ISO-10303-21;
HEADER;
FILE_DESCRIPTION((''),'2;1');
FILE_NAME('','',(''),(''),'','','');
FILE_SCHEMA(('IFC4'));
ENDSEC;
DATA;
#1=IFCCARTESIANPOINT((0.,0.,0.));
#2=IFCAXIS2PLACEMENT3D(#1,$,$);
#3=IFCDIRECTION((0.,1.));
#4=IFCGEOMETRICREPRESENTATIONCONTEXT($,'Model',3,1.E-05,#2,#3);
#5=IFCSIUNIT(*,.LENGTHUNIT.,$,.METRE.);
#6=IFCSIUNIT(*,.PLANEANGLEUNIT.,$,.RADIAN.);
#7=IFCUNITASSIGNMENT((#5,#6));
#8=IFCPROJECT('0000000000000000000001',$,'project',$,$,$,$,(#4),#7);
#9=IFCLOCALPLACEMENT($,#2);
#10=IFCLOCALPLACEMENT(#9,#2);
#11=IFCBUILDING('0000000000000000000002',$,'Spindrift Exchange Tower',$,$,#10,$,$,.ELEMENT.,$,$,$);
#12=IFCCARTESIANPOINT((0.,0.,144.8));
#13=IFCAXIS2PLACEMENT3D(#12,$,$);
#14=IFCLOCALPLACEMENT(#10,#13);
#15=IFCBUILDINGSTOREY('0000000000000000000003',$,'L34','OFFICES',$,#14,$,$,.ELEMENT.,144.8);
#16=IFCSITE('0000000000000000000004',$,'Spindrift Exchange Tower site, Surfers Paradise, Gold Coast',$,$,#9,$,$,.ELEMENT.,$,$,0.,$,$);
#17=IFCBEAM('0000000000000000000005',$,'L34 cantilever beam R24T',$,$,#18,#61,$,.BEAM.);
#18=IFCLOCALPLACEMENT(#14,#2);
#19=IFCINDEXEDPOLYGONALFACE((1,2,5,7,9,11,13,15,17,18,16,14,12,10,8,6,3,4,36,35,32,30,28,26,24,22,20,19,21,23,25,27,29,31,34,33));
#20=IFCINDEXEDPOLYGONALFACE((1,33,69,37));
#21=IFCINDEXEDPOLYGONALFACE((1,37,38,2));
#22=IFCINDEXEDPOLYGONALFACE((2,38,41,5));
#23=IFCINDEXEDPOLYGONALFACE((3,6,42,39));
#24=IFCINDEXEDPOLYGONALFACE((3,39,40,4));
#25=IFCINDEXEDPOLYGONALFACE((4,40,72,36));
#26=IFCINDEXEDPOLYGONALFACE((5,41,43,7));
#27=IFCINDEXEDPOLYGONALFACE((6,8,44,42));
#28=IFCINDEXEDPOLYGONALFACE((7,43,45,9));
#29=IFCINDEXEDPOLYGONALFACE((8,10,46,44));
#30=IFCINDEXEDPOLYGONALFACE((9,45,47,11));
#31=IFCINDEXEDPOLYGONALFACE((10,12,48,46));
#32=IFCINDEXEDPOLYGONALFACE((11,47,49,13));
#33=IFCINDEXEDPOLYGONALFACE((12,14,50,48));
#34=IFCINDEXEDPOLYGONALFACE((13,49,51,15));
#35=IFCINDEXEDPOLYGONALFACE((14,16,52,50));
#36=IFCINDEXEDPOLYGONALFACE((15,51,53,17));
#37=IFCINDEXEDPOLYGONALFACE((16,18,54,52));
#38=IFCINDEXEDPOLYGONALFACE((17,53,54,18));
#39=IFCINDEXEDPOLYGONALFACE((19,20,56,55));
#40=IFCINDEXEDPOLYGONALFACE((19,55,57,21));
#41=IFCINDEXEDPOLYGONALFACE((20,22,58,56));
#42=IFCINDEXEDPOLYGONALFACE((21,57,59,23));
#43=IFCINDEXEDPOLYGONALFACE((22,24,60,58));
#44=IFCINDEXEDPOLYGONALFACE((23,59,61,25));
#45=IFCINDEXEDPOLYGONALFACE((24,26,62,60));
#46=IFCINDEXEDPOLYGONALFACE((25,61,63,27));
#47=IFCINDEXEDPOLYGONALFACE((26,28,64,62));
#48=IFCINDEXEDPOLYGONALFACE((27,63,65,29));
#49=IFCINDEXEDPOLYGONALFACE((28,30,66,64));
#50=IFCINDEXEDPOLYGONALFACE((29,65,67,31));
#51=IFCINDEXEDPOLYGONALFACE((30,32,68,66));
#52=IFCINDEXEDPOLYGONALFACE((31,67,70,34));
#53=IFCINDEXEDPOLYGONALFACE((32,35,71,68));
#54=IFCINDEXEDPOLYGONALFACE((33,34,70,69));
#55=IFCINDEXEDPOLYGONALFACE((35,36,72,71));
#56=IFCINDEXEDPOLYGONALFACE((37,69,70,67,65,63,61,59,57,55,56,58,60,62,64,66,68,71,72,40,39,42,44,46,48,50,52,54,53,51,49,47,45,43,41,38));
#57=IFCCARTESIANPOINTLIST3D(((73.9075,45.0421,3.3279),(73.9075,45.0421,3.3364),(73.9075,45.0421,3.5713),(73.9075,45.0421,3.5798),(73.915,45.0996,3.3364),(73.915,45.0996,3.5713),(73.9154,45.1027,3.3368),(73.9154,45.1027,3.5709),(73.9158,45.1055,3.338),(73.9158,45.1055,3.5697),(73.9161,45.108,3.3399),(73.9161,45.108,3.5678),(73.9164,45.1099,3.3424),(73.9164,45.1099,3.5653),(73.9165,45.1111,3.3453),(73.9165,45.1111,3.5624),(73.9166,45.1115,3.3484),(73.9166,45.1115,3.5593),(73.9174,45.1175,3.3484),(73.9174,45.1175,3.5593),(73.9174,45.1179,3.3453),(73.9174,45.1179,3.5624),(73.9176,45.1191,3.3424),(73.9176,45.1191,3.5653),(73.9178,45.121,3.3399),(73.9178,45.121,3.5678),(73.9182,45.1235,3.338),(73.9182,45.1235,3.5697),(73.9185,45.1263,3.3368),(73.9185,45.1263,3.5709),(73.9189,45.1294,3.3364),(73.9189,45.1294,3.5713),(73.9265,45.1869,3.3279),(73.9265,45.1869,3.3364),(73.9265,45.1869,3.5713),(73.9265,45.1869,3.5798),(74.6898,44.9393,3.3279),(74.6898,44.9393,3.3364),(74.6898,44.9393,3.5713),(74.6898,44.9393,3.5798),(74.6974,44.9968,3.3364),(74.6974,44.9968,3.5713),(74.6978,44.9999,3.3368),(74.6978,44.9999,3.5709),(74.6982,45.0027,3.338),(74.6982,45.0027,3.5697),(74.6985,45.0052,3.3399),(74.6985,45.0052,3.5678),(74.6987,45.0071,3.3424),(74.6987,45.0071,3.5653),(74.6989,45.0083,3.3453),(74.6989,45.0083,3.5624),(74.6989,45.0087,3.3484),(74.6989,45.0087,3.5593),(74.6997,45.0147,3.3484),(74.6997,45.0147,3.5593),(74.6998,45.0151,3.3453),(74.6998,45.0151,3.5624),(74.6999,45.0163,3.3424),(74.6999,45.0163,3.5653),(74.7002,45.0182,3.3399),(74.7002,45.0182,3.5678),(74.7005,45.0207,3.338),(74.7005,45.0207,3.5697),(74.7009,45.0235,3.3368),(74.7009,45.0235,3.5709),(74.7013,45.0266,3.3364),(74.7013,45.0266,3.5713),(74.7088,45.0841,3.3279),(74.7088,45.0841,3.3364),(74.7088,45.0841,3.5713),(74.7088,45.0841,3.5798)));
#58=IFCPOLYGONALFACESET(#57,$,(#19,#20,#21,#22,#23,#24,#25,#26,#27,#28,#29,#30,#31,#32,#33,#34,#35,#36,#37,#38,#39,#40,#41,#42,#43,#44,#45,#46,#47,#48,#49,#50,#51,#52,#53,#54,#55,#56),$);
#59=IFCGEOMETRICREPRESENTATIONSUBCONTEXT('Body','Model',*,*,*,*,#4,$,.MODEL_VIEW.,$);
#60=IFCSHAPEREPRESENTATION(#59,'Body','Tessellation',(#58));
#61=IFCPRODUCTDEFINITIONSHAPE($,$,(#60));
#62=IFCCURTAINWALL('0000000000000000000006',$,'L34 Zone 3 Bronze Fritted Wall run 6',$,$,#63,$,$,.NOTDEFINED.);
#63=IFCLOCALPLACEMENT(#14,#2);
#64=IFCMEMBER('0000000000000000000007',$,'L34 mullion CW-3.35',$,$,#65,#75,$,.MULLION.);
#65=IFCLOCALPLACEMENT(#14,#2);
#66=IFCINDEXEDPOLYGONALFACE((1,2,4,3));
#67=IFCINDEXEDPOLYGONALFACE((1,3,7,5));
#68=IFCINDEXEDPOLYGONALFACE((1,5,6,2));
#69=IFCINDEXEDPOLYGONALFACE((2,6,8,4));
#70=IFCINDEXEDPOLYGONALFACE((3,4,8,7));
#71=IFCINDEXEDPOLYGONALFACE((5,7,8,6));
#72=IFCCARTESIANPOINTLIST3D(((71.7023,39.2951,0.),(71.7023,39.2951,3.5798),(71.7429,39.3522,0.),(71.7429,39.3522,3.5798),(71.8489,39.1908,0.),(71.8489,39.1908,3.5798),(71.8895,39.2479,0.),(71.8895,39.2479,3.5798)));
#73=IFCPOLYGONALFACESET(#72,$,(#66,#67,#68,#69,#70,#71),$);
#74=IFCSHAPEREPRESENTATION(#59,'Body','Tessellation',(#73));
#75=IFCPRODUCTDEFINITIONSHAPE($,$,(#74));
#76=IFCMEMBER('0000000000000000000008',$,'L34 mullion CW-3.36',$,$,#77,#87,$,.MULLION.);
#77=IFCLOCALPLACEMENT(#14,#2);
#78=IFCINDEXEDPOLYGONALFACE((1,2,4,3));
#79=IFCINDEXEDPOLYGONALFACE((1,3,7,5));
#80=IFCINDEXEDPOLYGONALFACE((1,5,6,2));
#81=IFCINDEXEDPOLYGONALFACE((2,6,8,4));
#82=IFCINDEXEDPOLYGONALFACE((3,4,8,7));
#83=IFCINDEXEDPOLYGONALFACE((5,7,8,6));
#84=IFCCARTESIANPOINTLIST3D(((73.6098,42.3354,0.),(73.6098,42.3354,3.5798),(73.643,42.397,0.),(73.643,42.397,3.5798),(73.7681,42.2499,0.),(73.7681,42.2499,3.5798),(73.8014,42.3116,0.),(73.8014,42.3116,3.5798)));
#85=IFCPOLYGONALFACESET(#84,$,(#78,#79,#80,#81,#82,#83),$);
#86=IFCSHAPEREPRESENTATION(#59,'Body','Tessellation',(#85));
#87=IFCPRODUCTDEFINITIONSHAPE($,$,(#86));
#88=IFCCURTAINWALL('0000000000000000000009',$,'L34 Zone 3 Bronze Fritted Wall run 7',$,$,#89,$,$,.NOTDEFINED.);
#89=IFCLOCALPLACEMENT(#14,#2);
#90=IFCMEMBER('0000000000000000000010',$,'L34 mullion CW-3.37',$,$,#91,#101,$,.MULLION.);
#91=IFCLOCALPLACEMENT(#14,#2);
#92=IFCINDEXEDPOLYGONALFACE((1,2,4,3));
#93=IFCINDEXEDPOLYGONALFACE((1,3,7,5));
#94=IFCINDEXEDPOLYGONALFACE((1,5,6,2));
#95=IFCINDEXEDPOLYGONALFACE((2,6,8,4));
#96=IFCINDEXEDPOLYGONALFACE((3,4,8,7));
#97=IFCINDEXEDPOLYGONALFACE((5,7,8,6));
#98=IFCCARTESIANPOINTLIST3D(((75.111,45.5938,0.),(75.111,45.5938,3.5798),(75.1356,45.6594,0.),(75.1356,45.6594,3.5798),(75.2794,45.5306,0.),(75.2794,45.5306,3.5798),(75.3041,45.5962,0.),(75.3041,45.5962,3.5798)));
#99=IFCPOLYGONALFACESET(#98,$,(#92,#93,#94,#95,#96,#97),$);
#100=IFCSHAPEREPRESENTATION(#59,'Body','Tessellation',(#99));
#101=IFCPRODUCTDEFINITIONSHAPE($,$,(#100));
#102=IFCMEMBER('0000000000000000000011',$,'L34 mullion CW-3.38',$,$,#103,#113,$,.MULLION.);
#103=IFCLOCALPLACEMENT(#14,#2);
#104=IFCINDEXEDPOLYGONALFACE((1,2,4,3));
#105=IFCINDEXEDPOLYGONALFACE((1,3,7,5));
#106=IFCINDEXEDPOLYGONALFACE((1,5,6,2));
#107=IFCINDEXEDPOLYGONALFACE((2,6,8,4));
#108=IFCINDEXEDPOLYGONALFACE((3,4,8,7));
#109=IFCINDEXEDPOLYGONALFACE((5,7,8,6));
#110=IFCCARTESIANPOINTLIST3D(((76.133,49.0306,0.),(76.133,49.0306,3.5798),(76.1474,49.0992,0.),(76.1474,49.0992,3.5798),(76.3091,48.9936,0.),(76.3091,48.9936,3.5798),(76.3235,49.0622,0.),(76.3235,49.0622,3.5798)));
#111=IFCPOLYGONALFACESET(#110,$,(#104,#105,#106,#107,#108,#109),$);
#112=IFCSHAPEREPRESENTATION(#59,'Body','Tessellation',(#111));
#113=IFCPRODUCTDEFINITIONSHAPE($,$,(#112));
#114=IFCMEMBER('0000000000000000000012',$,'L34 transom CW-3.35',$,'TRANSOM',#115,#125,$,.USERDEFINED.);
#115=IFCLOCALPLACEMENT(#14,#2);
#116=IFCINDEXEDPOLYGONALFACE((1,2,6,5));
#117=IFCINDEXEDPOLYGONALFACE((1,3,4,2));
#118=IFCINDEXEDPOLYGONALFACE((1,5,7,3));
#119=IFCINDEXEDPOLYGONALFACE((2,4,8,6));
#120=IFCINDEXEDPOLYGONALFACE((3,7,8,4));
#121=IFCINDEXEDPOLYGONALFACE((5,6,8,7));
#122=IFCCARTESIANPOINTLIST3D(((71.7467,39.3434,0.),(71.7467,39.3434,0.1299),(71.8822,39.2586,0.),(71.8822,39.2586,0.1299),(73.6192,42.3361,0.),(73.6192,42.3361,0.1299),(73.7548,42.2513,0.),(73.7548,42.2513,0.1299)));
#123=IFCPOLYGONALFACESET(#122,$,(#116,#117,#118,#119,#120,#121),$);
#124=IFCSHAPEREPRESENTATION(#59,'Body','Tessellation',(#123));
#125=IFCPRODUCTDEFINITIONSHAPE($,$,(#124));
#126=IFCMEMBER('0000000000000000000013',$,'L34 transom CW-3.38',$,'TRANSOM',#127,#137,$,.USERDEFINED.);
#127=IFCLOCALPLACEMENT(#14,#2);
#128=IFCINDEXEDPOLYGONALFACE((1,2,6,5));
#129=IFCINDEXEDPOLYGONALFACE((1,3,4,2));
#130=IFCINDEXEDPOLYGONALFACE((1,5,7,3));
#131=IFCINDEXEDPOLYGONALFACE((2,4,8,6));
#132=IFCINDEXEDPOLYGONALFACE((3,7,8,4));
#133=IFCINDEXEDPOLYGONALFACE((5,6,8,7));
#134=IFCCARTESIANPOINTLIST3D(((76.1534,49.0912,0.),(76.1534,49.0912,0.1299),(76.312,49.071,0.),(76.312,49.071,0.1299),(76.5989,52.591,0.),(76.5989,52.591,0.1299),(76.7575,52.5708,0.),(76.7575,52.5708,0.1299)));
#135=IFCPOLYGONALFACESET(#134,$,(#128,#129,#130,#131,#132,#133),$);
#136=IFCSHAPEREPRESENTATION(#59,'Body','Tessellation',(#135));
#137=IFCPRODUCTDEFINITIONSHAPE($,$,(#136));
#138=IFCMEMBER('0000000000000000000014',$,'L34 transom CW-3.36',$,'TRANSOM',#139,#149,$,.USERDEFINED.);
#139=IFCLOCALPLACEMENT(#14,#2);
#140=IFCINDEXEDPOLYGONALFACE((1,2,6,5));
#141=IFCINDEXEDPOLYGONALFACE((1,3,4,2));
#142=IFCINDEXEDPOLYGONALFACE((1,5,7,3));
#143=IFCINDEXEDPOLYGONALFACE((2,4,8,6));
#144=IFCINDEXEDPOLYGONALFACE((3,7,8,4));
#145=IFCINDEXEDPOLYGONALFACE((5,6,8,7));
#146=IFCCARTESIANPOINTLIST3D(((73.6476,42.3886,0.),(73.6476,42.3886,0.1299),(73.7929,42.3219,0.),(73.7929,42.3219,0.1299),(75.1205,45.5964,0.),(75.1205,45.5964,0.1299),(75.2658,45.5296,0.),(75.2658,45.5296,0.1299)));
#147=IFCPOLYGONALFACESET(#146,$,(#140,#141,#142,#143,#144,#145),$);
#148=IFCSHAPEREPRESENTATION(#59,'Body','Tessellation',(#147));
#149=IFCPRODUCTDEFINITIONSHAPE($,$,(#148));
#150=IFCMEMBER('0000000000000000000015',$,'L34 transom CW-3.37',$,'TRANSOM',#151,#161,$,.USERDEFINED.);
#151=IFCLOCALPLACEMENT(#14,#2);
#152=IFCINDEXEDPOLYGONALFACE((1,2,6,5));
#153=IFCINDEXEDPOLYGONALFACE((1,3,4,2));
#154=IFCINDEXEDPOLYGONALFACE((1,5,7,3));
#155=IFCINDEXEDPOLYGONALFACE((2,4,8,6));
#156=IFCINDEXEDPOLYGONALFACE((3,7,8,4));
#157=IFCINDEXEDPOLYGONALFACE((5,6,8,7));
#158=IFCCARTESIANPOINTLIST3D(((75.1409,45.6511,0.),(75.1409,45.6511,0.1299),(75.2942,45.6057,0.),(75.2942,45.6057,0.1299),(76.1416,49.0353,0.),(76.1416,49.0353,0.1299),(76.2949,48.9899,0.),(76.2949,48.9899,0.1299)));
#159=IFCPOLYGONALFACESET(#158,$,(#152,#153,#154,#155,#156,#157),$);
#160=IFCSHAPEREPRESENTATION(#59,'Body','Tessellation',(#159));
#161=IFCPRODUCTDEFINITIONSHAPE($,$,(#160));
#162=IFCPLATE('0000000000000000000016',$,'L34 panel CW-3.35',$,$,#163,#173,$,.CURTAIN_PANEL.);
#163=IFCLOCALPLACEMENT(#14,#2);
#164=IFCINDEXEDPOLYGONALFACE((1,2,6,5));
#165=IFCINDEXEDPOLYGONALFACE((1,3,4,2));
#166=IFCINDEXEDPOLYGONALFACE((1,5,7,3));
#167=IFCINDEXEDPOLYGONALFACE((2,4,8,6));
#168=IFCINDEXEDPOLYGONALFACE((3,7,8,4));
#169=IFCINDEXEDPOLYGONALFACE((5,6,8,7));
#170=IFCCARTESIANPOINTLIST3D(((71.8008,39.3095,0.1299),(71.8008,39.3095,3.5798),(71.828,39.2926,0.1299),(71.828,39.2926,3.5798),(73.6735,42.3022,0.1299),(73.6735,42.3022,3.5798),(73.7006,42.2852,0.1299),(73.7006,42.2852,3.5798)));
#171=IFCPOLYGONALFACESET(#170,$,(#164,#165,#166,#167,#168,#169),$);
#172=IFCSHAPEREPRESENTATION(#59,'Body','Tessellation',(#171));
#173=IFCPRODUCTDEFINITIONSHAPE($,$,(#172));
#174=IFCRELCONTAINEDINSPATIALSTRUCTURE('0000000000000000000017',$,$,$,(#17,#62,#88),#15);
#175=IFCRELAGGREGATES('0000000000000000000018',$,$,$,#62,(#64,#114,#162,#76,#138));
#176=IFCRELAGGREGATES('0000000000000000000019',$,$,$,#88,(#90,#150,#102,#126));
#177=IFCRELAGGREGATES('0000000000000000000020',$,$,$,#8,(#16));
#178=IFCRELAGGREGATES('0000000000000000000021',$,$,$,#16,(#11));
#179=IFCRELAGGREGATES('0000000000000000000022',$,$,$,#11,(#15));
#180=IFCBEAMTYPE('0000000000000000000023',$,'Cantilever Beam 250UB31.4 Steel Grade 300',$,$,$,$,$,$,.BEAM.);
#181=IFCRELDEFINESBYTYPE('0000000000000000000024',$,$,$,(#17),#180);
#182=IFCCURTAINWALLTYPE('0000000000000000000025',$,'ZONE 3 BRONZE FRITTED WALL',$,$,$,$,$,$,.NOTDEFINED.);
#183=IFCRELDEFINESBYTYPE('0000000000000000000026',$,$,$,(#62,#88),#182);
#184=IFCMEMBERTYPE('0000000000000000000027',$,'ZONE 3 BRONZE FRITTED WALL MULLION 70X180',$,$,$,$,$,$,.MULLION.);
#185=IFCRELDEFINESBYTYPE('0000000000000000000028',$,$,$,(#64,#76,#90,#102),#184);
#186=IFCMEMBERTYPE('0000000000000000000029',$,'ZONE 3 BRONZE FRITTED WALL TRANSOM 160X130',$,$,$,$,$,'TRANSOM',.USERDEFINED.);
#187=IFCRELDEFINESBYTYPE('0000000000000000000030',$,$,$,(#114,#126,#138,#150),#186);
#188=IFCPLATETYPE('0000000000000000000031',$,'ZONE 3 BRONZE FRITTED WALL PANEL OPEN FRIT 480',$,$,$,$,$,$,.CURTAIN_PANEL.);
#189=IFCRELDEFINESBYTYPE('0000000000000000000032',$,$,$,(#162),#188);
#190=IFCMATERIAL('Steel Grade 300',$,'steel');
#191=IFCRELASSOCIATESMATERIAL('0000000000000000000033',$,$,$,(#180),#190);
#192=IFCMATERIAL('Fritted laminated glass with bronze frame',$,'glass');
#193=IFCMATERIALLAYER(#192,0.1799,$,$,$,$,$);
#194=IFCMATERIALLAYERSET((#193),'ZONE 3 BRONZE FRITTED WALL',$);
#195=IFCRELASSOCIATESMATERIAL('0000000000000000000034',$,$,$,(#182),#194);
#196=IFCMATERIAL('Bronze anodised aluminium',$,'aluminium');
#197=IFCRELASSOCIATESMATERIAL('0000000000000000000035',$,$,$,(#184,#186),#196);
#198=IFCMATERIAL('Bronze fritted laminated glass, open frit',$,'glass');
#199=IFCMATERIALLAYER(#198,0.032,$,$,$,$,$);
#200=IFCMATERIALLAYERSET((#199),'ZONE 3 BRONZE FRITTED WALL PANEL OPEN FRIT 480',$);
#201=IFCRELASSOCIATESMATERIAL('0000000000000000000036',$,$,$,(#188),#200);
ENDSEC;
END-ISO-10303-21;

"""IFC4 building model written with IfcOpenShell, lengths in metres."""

from ifc_helpers import new_model, si_unit, direction, frame, origin, origin_2d, place, context, subcontext, project, spatial, rectangle, i_section, extrude, source, transform, mapped, material, layer, layer_set, material_profile, profile_set, type_object, element, aggregate, save


model = new_model("IFC4")

# Units and contexts
model_context = context("Model", 3, precision=1e-05, world=origin(), true_north=direction((0.0, 1.0)))
body_context = subcontext(model_context, "Body", "Model", "MODEL_VIEW")
ifc_project = project(units=[si_unit("LENGTHUNIT", "METRE"), si_unit("PLANEANGLEUNIT", "RADIAN")], contexts=[model_context])

# Site, building, storey
site_placement = place(None, origin())
site = spatial("IfcSite", under=ifc_project, at=site_placement, Name="Spindrift Exchange Tower site, Surfers Paradise, Gold Coast", CompositionType="ELEMENT", RefElevation=0.0)
building_placement = place(site_placement, origin())
building = spatial("IfcBuilding", under=site, at=building_placement, Name="Spindrift Exchange Tower", CompositionType="ELEMENT")
storey_placement = place(building_placement, frame((0.0, 0.0, 144.8)))
storey = spatial("IfcBuildingStorey", under=building, at=storey_placement, Name="L34", Description="OFFICES", CompositionType="ELEMENT", Elevation=144.8)

# Beam
ifc_material_1 = material(Name="Steel Grade 300", Category="steel")
ifc_material_profile_1 = material_profile(ifc_material_1, i_section(OverallWidth=0.146, OverallDepth=0.252, WebThickness=0.0061, FlangeThickness=0.0085, FilletRadius=0.012, at=origin_2d()), Name="250UB31.4")
ifc_profile_set_1 = profile_set([ifc_material_profile_1], Name="Steel Grade 300")
beam_type_1 = type_object("IfcBeamType", Name="Cantilever Beam 250UB31.4 Steel Grade 300", PredefinedType="BEAM", material=ifc_profile_set_1)
shared_shape_1 = source(origin(), body_context, "Body", "SweptSolid", [
    extrude(i_section(OverallWidth=0.146, OverallDepth=0.252, WebThickness=0.0061, FlangeThickness=0.0085, FilletRadius=0.012, at=origin_2d()), origin(), (0.0, 0.0, 1.0), 0.7891),
])
beam_1_placement = place(storey_placement, frame((73.917, 45.1145, 3.4539), z_axis=(0.991477, -0.130278, 0.0), x_axis=(0.130278, 0.991477, 0.0)))
element("IfcBeam", 1, at=beam_1_placement, inside=storey, type_object=beam_type_1, Name="L34 cantilever beam R24T", PredefinedType="BEAM", context=body_context, shape_type="MappedRepresentation", body=[
    mapped(shared_shape_1, transform((0.0, 0.0, 0.0), scale=1.0)),
])

# Curtain walls, members
ifc_material_2 = material(Name="Fritted laminated glass with bronze frame", Category="glass")
ifc_layer_1 = layer(ifc_material_2, 0.1799)
ifc_layer_set_1 = layer_set([ifc_layer_1], Name="ZONE 3 BRONZE FRITTED WALL")
curtain_wall_type = type_object("IfcCurtainWallType", Name="ZONE 3 BRONZE FRITTED WALL", PredefinedType="NOTDEFINED", material=ifc_layer_set_1)
curtain_wall_1_placement = place(storey_placement, origin())
curtain_wall_1 = element("IfcCurtainWall", 2, at=curtain_wall_1_placement, inside=storey, type_object=curtain_wall_type, Name="L34 Zone 3 Bronze Fritted Wall run 6", PredefinedType="NOTDEFINED")
ifc_material_3 = material(Name="Bronze anodised aluminium", Category="aluminium")
ifc_material_profile_2 = material_profile(ifc_material_3, rectangle(XDim=0.0701, YDim=0.1799, at=origin_2d()), Name="ZONE 3 BRONZE FRITTED WALL MULLION 70X180")
ifc_profile_set_2 = profile_set([ifc_material_profile_2], Name="Bronze anodised aluminium")
member_type_1 = type_object("IfcMemberType", Name="ZONE 3 BRONZE FRITTED WALL MULLION 70X180", PredefinedType="MULLION", material=ifc_profile_set_2)
shared_shape_2 = source(origin(), body_context, "Body", "SweptSolid", [
    extrude(rectangle(XDim=0.0701, YDim=0.1799, at=origin_2d()), origin(), (0.0, 0.0, 1.0), 3.5798),
])
member_1_placement = place(storey_placement, frame((71.7959, 39.2715, 0.0), z_axis=(0.0, 0.0, 1.0), x_axis=(0.579655, 0.814862, 0.0)))
member_1 = element("IfcMember", 3, at=member_1_placement, type_object=member_type_1, Name="L34 mullion CW-3.35", PredefinedType="MULLION", context=body_context, shape_type="MappedRepresentation", body=[
    mapped(shared_shape_2, transform((0.0, 0.0, 0.0), scale=1.0)),
])
member_2_placement = place(storey_placement, frame((73.7056, 42.3235, 0.0), z_axis=(0.0, 0.0, 1.0), x_axis=(0.474834, 0.880075, 0.0)))
member_2 = element("IfcMember", 4, at=member_2_placement, type_object=member_type_1, Name="L34 mullion CW-3.36", PredefinedType="MULLION", context=body_context, shape_type="MappedRepresentation", body=[
    mapped(shared_shape_2, transform((0.0, 0.0, 0.0), scale=1.0)),
])
curtain_wall_2_placement = place(storey_placement, origin())
curtain_wall_2 = element("IfcCurtainWall", 5, at=curtain_wall_2_placement, inside=storey, type_object=curtain_wall_type, Name="L34 Zone 3 Bronze Fritted Wall run 7", PredefinedType="NOTDEFINED")
member_3_placement = place(storey_placement, frame((75.2075, 45.595, 0.0), z_axis=(0.0, 0.0, 1.0), x_axis=(0.351314, 0.936258, 0.0)))
member_3 = element("IfcMember", 6, at=member_3_placement, type_object=member_type_1, Name="L34 mullion CW-3.37", PredefinedType="MULLION", context=body_context, shape_type="MappedRepresentation", body=[
    mapped(shared_shape_2, transform((0.0, 0.0, 0.0), scale=1.0)),
])
member_4_placement = place(storey_placement, frame((76.2283, 49.0464, 0.0), z_axis=(0.0, 0.0, 1.0), x_axis=(0.205593, 0.978638, 0.0)))
member_4 = element("IfcMember", 7, at=member_4_placement, type_object=member_type_1, Name="L34 mullion CW-3.38", PredefinedType="MULLION", context=body_context, shape_type="MappedRepresentation", body=[
    mapped(shared_shape_2, transform((0.0, 0.0, 0.0), scale=1.0)),
])

# Members
ifc_material_profile_3 = material_profile(ifc_material_3, rectangle(XDim=0.1599, YDim=0.1299, at=origin_2d()), Name="ZONE 3 BRONZE FRITTED WALL TRANSOM 160X130")
ifc_profile_set_3 = profile_set([ifc_material_profile_3], Name="Bronze anodised aluminium")
member_type_2 = type_object("IfcMemberType", Name="ZONE 3 BRONZE FRITTED WALL TRANSOM 160X130", ElementType="TRANSOM", PredefinedType="USERDEFINED", material=ifc_profile_set_3)
shared_shape_3 = source(origin(), body_context, "Body", "SweptSolid", [
    extrude(rectangle(XDim=0.1599, YDim=0.1299, at=origin_2d()), origin(), (0.0, 0.0, 1.0), 3.5303),
])
member_5_placement = place(storey_placement, frame((71.8145, 39.301, 0.0649), z_axis=(0.530434, 0.847726, 0.0), x_axis=(-0.847726, 0.530434, 0.0)))
member_5 = element("IfcMember", 8, at=member_5_placement, type_object=member_type_2, Name="L34 transom CW-3.35", ObjectType="TRANSOM", PredefinedType="USERDEFINED", context=body_context, shape_type="MappedRepresentation", body=[
    mapped(shared_shape_3, transform((0.0, 0.0, 0.0), scale=1.0)),
])
shared_shape_4 = source(origin(), body_context, "Body", "SweptSolid", [
    extrude(rectangle(XDim=0.1599, YDim=0.1299, at=origin_2d()), origin(), (0.0, 0.0, 1.0), 3.5281),
])
member_6_placement = place(storey_placement, frame((76.2327, 49.0811, 0.0649), z_axis=(0.126291, 0.991993, 0.0), x_axis=(-0.991993, 0.126291, 0.0)))
member_6 = element("IfcMember", 9, at=member_6_placement, type_object=member_type_2, Name="L34 transom CW-3.38", ObjectType="TRANSOM", PredefinedType="USERDEFINED", context=body_context, shape_type="MappedRepresentation", body=[
    mapped(shared_shape_4, transform((0.0, 0.0, 0.0), scale=1.0)),
])
shared_shape_5 = source(origin(), body_context, "Body", "SweptSolid", [
    extrude(rectangle(XDim=0.1599, YDim=0.1299, at=origin_2d()), origin(), (0.0, 0.0, 1.0), 3.5298),
])
member_7_placement = place(storey_placement, frame((73.7202, 42.3552, 0.0649), z_axis=(0.417281, 0.908778, 0.0), x_axis=(-0.908778, 0.417281, 0.0)))
member_7 = element("IfcMember", 10, at=member_7_placement, type_object=member_type_2, Name="L34 transom CW-3.36", ObjectType="TRANSOM", PredefinedType="USERDEFINED", context=body_context, shape_type="MappedRepresentation", body=[
    mapped(shared_shape_5, transform((0.0, 0.0, 0.0), scale=1.0)),
])
shared_shape_6 = source(origin(), body_context, "Body", "SweptSolid", [
    extrude(rectangle(XDim=0.1599, YDim=0.1299, at=origin_2d()), origin(), (0.0, 0.0, 1.0), 3.5291),
])
member_8_placement = place(storey_placement, frame((75.2175, 45.6284, 0.0649), z_axis=(0.283563, 0.958954, 0.0), x_axis=(-0.958954, 0.283563, 0.0)))
member_8 = element("IfcMember", 11, at=member_8_placement, type_object=member_type_2, Name="L34 transom CW-3.37", ObjectType="TRANSOM", PredefinedType="USERDEFINED", context=body_context, shape_type="MappedRepresentation", body=[
    mapped(shared_shape_6, transform((0.0, 0.0, 0.0), scale=1.0)),
])

# Plate
ifc_material_4 = material(Name="Bronze fritted laminated glass, open frit", Category="glass")
ifc_layer_2 = layer(ifc_material_4, 0.032)
ifc_layer_set_2 = layer_set([ifc_layer_2], Name="ZONE 3 BRONZE FRITTED WALL PANEL OPEN FRIT 480")
plate_type_1 = type_object("IfcPlateType", Name="ZONE 3 BRONZE FRITTED WALL PANEL OPEN FRIT 480", PredefinedType="CURTAIN_PANEL", material=ifc_layer_set_2)
shared_shape_7 = source(origin(), body_context, "Body", "SweptSolid", [
    extrude(rectangle(XDim=3.5303, YDim=0.032, at=origin_2d()), origin(), (0.0, 0.0, 1.0), 3.45),
])
plate_1_placement = place(storey_placement, frame((72.7507, 40.7974, 0.1299), z_axis=(0.0, 0.0, 1.0), x_axis=(0.530458, 0.847711, 0.0)))
plate_1 = element("IfcPlate", 12, at=plate_1_placement, type_object=plate_type_1, Name="L34 panel CW-3.35", PredefinedType="CURTAIN_PANEL", context=body_context, shape_type="MappedRepresentation", body=[
    mapped(shared_shape_7, transform((0.0, 0.0, 0.0), scale=1.0)),
])
aggregate(curtain_wall_1, [member_1, member_5, plate_1, member_2, member_7])
aggregate(curtain_wall_2, [member_3, member_8, member_4, member_6])

save(model, "model.ifc")
